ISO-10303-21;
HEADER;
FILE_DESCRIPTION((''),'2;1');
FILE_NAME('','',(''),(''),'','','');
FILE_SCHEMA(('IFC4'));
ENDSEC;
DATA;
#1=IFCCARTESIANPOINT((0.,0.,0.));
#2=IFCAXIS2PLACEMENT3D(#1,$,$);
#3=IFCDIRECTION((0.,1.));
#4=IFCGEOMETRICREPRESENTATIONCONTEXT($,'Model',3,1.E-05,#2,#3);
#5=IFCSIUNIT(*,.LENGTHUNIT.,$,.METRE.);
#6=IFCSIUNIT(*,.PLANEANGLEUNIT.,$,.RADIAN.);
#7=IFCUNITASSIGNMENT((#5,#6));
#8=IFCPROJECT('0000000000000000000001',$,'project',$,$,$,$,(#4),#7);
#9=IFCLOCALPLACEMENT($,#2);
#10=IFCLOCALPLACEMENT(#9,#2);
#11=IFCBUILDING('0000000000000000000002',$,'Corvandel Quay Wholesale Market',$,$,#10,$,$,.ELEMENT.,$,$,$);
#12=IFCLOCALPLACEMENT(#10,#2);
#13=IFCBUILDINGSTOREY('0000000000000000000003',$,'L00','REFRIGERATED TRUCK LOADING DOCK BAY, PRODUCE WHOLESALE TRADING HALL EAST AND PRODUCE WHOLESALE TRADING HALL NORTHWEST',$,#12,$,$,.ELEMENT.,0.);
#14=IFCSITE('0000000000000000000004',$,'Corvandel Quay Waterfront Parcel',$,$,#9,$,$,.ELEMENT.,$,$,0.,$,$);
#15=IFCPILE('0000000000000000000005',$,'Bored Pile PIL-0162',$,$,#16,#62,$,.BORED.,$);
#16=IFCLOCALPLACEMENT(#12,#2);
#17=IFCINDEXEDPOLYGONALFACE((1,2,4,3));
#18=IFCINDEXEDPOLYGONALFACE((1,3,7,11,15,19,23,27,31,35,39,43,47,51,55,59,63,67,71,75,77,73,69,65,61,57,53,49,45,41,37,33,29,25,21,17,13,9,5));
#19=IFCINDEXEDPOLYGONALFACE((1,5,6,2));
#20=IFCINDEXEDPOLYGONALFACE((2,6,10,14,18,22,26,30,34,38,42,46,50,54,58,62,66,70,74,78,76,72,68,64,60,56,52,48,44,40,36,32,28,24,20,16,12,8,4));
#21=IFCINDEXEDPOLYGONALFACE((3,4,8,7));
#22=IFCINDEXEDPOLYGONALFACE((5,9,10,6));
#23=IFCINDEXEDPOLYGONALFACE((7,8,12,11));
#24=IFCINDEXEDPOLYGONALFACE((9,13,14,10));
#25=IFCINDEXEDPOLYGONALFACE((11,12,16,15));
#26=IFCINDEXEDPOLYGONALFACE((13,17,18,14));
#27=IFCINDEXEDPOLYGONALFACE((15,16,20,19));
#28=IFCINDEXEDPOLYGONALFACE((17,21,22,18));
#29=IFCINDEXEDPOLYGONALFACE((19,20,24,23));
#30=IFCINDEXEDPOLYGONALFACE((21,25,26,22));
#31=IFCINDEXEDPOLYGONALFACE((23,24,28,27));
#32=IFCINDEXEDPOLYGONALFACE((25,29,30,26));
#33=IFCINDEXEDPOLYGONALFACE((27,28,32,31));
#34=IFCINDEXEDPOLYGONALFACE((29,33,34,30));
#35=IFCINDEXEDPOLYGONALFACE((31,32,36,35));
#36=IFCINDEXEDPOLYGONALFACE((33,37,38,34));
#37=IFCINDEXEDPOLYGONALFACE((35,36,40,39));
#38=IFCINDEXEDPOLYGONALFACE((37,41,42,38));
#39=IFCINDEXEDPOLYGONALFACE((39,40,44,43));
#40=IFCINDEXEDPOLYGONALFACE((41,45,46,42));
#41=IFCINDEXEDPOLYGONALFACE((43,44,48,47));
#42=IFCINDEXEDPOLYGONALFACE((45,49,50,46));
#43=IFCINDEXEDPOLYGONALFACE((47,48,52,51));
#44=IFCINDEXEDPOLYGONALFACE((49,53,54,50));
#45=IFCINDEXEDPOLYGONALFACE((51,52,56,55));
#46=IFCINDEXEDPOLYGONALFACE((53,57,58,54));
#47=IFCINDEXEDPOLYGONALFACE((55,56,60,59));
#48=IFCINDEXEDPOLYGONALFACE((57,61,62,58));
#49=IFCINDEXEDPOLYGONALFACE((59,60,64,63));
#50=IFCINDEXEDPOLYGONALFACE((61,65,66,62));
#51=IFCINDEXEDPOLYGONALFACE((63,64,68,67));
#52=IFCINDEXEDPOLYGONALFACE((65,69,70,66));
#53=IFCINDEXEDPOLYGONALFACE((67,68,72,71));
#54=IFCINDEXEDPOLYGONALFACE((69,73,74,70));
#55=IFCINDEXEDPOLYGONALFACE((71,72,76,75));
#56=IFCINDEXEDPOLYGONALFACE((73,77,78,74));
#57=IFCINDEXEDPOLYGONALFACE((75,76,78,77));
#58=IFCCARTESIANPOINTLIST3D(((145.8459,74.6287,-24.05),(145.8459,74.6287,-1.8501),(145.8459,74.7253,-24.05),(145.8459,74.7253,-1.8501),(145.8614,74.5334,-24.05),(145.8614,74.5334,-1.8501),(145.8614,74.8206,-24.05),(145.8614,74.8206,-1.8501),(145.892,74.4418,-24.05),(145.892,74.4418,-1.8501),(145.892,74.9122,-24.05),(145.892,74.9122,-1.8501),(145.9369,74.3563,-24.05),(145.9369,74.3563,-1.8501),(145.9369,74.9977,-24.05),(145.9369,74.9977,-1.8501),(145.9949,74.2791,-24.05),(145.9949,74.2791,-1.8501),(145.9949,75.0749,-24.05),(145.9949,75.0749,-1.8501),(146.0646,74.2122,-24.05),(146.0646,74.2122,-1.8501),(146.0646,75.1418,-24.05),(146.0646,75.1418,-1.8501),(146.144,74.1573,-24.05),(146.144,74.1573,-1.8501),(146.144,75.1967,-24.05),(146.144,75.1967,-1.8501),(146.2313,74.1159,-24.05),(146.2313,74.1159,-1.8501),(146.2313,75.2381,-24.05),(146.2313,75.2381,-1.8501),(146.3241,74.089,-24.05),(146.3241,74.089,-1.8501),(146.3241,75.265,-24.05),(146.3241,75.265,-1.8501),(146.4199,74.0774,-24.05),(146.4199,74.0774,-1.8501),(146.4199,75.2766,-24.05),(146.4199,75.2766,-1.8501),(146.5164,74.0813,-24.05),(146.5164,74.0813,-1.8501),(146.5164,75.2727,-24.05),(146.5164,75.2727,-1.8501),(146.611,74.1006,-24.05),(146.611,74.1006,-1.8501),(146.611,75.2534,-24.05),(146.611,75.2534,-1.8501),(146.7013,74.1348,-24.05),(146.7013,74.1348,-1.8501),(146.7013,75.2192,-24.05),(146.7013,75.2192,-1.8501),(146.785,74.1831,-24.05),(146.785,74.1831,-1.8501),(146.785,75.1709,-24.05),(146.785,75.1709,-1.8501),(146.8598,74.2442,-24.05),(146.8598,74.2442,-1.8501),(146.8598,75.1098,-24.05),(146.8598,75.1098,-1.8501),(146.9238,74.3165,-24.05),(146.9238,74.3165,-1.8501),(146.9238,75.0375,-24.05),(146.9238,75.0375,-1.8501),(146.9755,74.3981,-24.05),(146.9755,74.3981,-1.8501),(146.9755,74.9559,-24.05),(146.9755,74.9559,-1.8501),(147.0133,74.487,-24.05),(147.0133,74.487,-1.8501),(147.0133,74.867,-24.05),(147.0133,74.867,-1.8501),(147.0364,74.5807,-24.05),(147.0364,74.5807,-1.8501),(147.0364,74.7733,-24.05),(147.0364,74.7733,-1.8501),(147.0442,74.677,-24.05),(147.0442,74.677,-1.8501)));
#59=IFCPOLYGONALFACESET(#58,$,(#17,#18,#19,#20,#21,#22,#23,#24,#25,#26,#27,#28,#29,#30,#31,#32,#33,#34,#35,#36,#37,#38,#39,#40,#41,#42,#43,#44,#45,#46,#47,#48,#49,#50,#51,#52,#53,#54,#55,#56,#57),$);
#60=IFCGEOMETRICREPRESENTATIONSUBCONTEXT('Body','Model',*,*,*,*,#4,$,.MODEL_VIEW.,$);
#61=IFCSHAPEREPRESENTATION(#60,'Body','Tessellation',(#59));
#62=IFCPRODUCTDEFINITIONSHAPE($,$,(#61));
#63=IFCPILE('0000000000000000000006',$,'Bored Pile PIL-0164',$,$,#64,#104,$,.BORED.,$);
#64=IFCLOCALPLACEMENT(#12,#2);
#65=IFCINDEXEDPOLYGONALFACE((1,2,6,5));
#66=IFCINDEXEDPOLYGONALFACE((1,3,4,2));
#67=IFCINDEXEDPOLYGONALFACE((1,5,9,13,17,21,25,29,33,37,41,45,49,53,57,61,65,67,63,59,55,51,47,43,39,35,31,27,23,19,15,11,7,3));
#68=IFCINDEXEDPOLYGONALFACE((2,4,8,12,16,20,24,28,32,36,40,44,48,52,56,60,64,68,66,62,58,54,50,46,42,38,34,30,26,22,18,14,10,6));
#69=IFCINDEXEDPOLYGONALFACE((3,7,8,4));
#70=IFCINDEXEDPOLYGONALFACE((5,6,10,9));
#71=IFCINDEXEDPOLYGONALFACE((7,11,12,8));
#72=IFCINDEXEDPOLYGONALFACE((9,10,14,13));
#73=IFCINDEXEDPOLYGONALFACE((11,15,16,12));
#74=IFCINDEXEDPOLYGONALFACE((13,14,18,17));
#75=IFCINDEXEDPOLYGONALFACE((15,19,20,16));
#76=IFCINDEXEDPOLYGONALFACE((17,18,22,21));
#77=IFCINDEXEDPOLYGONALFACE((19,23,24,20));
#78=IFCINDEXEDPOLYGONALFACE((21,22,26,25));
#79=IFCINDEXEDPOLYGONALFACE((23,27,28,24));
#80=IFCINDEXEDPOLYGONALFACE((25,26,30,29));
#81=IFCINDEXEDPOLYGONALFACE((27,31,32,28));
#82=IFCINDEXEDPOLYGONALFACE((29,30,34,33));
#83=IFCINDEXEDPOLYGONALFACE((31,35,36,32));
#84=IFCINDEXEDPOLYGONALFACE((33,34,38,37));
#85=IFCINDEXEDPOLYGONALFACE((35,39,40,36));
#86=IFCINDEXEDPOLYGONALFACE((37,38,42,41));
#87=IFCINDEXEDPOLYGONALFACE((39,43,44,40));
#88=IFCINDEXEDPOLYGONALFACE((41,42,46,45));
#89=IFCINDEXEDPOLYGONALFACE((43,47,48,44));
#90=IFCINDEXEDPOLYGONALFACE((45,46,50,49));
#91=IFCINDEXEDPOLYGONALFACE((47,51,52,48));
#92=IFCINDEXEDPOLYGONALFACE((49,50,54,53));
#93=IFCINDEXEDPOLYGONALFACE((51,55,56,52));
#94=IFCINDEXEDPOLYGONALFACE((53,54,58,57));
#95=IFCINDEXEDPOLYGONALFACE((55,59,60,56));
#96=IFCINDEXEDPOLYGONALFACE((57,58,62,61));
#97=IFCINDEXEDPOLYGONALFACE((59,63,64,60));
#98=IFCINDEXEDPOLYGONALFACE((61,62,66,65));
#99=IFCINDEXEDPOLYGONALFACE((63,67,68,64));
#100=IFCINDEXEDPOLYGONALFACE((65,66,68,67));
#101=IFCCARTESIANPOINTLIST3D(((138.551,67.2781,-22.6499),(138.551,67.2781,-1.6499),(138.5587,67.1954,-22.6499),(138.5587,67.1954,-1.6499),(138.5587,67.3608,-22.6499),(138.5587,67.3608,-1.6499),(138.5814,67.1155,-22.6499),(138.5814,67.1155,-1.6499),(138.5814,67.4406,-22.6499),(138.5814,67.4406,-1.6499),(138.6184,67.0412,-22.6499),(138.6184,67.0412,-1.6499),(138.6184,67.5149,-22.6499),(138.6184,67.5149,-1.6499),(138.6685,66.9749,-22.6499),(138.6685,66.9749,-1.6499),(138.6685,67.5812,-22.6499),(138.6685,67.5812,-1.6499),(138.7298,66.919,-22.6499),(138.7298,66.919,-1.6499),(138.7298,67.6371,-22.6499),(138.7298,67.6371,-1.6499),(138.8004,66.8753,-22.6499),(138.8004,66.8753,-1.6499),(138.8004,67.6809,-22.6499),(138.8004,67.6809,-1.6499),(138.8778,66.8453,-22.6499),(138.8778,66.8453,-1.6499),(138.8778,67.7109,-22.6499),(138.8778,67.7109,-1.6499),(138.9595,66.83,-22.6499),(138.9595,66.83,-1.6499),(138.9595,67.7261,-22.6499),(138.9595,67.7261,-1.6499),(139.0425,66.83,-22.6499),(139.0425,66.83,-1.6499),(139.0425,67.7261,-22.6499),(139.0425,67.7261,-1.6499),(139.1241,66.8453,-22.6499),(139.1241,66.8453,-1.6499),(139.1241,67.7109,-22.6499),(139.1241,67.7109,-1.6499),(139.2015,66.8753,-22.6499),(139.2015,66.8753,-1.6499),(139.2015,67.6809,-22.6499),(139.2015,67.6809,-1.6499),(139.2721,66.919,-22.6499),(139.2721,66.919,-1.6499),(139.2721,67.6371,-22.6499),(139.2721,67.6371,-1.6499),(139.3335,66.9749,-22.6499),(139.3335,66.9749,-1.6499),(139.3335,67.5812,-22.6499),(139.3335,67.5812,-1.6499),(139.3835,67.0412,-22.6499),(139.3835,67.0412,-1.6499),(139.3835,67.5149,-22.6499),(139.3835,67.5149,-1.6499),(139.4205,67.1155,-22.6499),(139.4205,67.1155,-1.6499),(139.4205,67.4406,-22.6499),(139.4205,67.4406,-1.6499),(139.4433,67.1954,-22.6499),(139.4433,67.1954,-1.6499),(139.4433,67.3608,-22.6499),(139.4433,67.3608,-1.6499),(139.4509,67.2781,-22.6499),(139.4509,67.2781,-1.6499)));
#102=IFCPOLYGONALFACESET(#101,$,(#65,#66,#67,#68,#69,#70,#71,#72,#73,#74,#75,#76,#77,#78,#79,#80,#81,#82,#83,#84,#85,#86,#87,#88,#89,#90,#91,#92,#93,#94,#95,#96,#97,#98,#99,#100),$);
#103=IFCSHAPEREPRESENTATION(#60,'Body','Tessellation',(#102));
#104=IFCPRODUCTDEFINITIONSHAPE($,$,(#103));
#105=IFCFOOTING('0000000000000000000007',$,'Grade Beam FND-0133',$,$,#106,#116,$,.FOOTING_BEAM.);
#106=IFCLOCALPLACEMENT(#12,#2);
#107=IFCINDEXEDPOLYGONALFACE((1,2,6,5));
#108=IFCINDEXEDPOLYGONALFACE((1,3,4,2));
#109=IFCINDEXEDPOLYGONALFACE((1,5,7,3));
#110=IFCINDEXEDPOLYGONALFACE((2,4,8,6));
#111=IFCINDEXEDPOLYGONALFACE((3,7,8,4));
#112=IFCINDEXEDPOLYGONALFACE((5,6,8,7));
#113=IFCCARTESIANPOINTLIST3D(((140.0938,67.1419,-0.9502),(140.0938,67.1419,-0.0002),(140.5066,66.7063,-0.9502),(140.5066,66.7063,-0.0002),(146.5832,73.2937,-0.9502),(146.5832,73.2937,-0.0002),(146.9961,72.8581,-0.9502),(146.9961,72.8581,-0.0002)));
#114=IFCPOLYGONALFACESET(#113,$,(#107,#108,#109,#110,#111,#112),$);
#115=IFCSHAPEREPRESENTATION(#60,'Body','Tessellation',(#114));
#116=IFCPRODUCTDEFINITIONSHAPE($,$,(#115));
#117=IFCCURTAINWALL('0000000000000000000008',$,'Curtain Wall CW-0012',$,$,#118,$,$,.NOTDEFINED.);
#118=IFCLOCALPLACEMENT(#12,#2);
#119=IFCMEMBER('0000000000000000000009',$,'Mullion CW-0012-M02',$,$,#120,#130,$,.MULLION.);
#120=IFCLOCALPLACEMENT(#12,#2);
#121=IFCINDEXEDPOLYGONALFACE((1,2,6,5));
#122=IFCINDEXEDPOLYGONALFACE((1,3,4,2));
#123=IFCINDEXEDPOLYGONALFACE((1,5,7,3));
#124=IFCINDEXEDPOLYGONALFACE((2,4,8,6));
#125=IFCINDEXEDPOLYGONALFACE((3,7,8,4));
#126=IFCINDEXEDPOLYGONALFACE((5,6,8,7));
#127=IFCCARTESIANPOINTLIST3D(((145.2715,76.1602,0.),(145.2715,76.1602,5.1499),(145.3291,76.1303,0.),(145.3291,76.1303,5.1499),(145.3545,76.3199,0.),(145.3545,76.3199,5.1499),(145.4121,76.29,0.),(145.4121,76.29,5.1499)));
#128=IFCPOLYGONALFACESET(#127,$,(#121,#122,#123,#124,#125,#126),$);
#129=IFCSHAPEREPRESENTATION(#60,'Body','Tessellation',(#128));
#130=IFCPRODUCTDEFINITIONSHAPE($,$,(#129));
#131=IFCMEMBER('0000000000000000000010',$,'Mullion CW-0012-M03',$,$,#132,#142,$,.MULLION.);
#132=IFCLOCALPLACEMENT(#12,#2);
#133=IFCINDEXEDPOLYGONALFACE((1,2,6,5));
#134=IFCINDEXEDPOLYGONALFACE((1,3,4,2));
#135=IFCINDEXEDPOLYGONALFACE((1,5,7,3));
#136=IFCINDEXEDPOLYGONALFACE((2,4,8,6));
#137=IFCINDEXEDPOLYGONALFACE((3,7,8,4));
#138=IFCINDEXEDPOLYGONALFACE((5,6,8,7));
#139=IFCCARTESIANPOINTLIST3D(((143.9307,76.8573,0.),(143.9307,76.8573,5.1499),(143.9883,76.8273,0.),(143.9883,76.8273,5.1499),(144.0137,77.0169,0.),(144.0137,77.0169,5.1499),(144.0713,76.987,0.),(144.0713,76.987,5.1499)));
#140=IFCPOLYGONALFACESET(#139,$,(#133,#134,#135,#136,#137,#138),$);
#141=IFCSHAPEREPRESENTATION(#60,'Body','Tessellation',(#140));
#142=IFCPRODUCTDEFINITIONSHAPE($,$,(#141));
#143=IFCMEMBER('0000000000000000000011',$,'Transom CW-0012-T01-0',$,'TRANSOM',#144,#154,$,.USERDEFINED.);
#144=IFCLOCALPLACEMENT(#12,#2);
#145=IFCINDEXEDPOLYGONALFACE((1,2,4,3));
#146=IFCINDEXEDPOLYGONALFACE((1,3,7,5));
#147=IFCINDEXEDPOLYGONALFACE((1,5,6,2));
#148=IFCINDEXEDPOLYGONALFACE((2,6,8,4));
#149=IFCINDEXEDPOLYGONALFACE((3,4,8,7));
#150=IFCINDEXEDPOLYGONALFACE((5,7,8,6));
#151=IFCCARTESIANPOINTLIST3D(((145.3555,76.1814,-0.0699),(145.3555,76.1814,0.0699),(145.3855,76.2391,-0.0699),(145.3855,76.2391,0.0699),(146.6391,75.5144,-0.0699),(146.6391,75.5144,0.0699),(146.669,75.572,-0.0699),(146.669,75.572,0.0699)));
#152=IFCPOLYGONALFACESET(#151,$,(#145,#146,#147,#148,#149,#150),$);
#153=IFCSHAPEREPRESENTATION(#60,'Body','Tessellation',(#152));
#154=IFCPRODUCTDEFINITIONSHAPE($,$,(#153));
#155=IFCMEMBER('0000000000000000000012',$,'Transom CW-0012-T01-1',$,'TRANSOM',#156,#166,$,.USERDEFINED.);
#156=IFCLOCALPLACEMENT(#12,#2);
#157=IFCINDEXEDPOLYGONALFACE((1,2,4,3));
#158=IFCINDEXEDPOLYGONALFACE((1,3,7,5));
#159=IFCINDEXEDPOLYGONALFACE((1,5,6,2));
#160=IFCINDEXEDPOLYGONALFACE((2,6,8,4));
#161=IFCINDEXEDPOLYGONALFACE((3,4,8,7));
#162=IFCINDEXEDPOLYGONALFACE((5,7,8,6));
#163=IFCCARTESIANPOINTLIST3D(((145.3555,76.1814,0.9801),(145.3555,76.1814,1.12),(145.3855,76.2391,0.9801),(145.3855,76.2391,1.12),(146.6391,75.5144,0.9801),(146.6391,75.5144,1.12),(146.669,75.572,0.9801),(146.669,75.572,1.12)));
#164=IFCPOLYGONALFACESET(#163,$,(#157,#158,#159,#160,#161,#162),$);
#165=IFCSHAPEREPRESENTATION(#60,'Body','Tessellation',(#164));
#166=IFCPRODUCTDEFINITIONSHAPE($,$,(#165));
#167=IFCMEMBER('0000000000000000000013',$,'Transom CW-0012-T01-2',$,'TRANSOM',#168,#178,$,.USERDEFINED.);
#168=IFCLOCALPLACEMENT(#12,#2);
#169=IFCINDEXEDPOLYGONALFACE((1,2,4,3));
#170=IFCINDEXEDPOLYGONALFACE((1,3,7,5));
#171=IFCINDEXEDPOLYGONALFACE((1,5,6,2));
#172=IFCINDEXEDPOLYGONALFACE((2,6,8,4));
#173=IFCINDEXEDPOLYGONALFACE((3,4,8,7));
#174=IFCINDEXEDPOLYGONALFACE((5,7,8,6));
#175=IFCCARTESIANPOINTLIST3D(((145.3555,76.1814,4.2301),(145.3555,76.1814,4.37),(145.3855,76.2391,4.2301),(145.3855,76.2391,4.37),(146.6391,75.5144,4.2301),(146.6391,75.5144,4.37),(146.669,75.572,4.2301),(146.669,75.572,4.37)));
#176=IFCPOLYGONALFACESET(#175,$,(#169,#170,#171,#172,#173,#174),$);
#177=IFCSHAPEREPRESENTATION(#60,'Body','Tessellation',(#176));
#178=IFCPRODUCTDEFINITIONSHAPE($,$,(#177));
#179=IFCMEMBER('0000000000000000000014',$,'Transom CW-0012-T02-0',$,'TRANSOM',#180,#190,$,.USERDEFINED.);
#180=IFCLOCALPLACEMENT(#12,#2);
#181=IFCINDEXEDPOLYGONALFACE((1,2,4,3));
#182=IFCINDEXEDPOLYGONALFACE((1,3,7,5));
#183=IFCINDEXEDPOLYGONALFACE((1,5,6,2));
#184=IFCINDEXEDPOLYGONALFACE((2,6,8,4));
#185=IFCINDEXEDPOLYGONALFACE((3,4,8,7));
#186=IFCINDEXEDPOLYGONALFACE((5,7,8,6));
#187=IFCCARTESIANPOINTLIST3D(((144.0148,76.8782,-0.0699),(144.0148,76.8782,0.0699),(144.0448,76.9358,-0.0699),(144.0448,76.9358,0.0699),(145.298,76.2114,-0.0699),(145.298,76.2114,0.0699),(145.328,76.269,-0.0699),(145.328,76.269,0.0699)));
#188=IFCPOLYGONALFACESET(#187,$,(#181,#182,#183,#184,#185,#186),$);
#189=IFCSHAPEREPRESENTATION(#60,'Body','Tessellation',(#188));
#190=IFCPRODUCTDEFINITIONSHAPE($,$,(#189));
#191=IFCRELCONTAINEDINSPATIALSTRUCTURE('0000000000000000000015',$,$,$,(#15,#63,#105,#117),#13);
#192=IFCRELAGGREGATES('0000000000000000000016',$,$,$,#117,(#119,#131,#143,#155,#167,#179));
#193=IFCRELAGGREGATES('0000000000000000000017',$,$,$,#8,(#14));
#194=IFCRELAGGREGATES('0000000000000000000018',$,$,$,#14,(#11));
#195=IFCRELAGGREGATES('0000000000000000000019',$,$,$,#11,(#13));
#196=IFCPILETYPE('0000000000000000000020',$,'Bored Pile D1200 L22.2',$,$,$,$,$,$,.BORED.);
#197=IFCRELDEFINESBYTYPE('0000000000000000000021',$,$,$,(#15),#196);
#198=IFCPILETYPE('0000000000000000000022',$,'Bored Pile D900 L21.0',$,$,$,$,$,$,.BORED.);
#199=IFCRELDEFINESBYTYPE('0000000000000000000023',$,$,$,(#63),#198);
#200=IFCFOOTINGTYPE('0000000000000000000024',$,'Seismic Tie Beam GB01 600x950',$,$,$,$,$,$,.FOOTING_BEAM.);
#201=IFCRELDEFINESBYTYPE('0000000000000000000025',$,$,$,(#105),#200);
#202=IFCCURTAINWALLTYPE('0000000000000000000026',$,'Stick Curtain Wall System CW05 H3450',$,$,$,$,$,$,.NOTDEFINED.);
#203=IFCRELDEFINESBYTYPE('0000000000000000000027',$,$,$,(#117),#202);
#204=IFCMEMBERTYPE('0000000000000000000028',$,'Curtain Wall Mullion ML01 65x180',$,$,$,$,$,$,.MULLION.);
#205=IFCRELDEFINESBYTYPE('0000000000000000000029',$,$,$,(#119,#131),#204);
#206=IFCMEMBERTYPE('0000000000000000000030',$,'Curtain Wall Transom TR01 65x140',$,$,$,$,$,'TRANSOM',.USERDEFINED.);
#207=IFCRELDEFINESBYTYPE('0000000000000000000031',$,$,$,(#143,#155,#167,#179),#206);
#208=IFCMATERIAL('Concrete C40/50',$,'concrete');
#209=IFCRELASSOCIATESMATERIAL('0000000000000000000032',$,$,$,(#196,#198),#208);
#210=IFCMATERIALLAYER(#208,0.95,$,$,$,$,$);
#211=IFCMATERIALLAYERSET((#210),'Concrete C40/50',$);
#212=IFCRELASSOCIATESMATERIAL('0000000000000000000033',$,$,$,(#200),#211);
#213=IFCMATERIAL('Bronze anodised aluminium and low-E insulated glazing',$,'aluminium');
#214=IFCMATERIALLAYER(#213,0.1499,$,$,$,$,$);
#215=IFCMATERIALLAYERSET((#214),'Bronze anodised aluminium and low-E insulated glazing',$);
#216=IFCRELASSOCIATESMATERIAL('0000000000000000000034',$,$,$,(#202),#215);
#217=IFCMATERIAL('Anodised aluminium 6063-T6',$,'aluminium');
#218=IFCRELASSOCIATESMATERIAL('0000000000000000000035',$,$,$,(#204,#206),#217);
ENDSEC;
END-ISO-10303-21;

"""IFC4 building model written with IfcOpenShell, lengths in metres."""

from ifc_helpers import new_model, si_unit, direction, frame, origin, origin_2d, place, context, subcontext, project, spatial, rectangle, circle, extrude, material, layer, layer_set, material_profile, profile_set, type_object, element, aggregate, save


model = new_model("IFC4")

# Units and contexts
model_context = context("Model", 3, precision=1e-05, world=origin(), true_north=direction((0.0, 1.0)))
body_context = subcontext(model_context, "Body", "Model", "MODEL_VIEW")
ifc_project = project(units=[si_unit("LENGTHUNIT", "METRE"), si_unit("PLANEANGLEUNIT", "RADIAN")], contexts=[model_context])

# Site, building, storey
site_placement = place(None, origin())
site = spatial("IfcSite", under=ifc_project, at=site_placement, Name="Corvandel Quay Waterfront Parcel", CompositionType="ELEMENT", RefElevation=0.0)
building_placement = place(site_placement, origin())
building = spatial("IfcBuilding", under=site, at=building_placement, Name="Corvandel Quay Wholesale Market", CompositionType="ELEMENT")
storey_placement = place(building_placement, origin())
storey = spatial("IfcBuildingStorey", under=building, at=storey_placement, Name="L00", Description="REFRIGERATED TRUCK LOADING DOCK BAY, PRODUCE WHOLESALE TRADING HALL EAST AND PRODUCE WHOLESALE TRADING HALL NORTHWEST", CompositionType="ELEMENT", Elevation=0.0)

# Piles
ifc_material_1 = material(Name="Concrete C40/50", Category="concrete")
ifc_material_profile_1 = material_profile(ifc_material_1, circle(Radius=0.6001, at=origin_2d()), Name="RC-PILE-D1200")
ifc_profile_set_1 = profile_set([ifc_material_profile_1], Name="Concrete C40/50")
pile_type_1 = type_object("IfcPileType", Name="Bored Pile D1200 L22.2", PredefinedType="BORED", material=ifc_profile_set_1)
pile_1_placement = place(storey_placement, frame((146.4441, 74.677, -1.8501), z_axis=(0.0, 0.0, -1.0), x_axis=(1.0, 0.0, 0.0)))
element("IfcPile", 1, at=pile_1_placement, inside=storey, type_object=pile_type_1, Name="Bored Pile PIL-0162", PredefinedType="BORED", context=body_context, shape_type="SweptSolid", body=[
    extrude(circle(Radius=0.6001, at=origin_2d()), origin(), (0.0, 0.0, 1.0), 22.2),
])
ifc_material_profile_2 = material_profile(ifc_material_1, circle(Radius=0.45, at=origin_2d()), Name="RC-PILE-D900")
ifc_profile_set_2 = profile_set([ifc_material_profile_2], Name="Concrete C40/50")
pile_type_2 = type_object("IfcPileType", Name="Bored Pile D900 L21.0", PredefinedType="BORED", material=ifc_profile_set_2)
pile_2_placement = place(storey_placement, frame((139.001, 67.2781, -1.6499), z_axis=(0.0, 0.0, -1.0), x_axis=(1.0, 0.0, 0.0)))
element("IfcPile", 2, at=pile_2_placement, inside=storey, type_object=pile_type_2, Name="Bored Pile PIL-0164", PredefinedType="BORED", context=body_context, shape_type="SweptSolid", body=[
    extrude(circle(Radius=0.45, at=origin_2d()), origin(), (0.0, 0.0, 1.0), 21.0),
])

# Footing
ifc_layer_1 = layer(ifc_material_1, 0.95)
ifc_layer_set_1 = layer_set([ifc_layer_1], Name="Concrete C40/50")
footing_type = type_object("IfcFootingType", Name="Seismic Tie Beam GB01 600x950", PredefinedType="FOOTING_BEAM", material=ifc_layer_set_1)
footing_placement = place(storey_placement, frame((143.5449, 70.0, -0.9502), z_axis=(0.0, 0.0, 1.0), x_axis=(0.725735, 0.687975, 0.0)))
element("IfcFooting", 3, at=footing_placement, inside=storey, type_object=footing_type, Name="Grade Beam FND-0133", PredefinedType="FOOTING_BEAM", context=body_context, shape_type="SweptSolid", body=[
    extrude(rectangle(XDim=8.9419, YDim=0.6001, at=origin_2d()), origin(), (0.0, 0.0, 1.0), 0.95),
])

# Curtain wall, members
ifc_material_2 = material(Name="Bronze anodised aluminium and low-E insulated glazing", Category="aluminium")
ifc_layer_2 = layer(ifc_material_2, 0.1499)
ifc_layer_set_2 = layer_set([ifc_layer_2], Name="Bronze anodised aluminium and low-E insulated glazing")
curtain_wall_type = type_object("IfcCurtainWallType", Name="Stick Curtain Wall System CW05 H3450", PredefinedType="NOTDEFINED", material=ifc_layer_set_2)
curtain_wall_placement = place(storey_placement, origin())
curtain_wall = element("IfcCurtainWall", 4, at=curtain_wall_placement, inside=storey, type_object=curtain_wall_type, Name="Curtain Wall CW-0012", PredefinedType="NOTDEFINED")
ifc_material_3 = material(Name="Anodised aluminium 6063-T6", Category="aluminium")
ifc_material_profile_3 = material_profile(ifc_material_3, rectangle(XDim=0.0649, YDim=0.1799, at=origin_2d()), Name="ALU-MUL-65x180")
ifc_profile_set_3 = profile_set([ifc_material_profile_3], Name="Anodised aluminium 6063-T6")
member_type_1 = type_object("IfcMemberType", Name="Curtain Wall Mullion ML01 65x180", PredefinedType="MULLION", material=ifc_profile_set_3)
member_1_placement = place(storey_placement, frame((145.3418, 76.2251, 0.0), z_axis=(0.0, 0.0, 1.0), x_axis=(-0.887333, 0.461129, 0.0)))
member_1 = element("IfcMember", 5, at=member_1_placement, type_object=member_type_1, Name="Mullion CW-0012-M02", PredefinedType="MULLION", context=body_context, shape_type="SweptSolid", body=[
    extrude(rectangle(XDim=0.0649, YDim=0.1799, at=origin_2d()), origin(), (0.0, 0.0, 1.0), 5.1499),
])
member_2_placement = place(storey_placement, frame((144.001, 76.9221, 0.0), z_axis=(0.0, 0.0, 1.0), x_axis=(-0.887333, 0.461129, 0.0)))
member_2 = element("IfcMember", 6, at=member_2_placement, type_object=member_type_1, Name="Mullion CW-0012-M03", PredefinedType="MULLION", context=body_context, shape_type="SweptSolid", body=[
    extrude(rectangle(XDim=0.0649, YDim=0.1799, at=origin_2d()), origin(), (0.0, 0.0, 1.0), 5.1499),
])
ifc_material_profile_4 = material_profile(ifc_material_3, rectangle(XDim=0.0649, YDim=0.1399, at=origin_2d()), Name="ALU-TRN-65x140")
ifc_profile_set_4 = profile_set([ifc_material_profile_4], Name="Anodised aluminium 6063-T6")
member_type_2 = type_object("IfcMemberType", Name="Curtain Wall Transom TR01 65x140", ElementType="TRANSOM", PredefinedType="USERDEFINED", material=ifc_profile_set_4)
member_3_placement = place(storey_placement, frame((146.6541, 75.5432, 0.0), z_axis=(-0.88733, 0.461135, 0.0), x_axis=(-0.461135, -0.88733, 0.0)))
member_3 = element("IfcMember", 7, at=member_3_placement, type_object=member_type_2, Name="Transom CW-0012-T01-0", ObjectType="TRANSOM", PredefinedType="USERDEFINED", context=body_context, shape_type="SweptSolid", body=[
    extrude(rectangle(XDim=0.0649, YDim=0.1399, at=origin_2d()), origin(), (0.0, 0.0, 1.0), 1.4465),
])
member_4_placement = place(storey_placement, frame((146.6541, 75.5432, 1.05), z_axis=(-0.88733, 0.461135, 0.0), x_axis=(-0.461135, -0.88733, 0.0)))
member_4 = element("IfcMember", 8, at=member_4_placement, type_object=member_type_2, Name="Transom CW-0012-T01-1", ObjectType="TRANSOM", PredefinedType="USERDEFINED", context=body_context, shape_type="SweptSolid", body=[
    extrude(rectangle(XDim=0.0649, YDim=0.1399, at=origin_2d()), origin(), (0.0, 0.0, 1.0), 1.4465),
])
member_5_placement = place(storey_placement, frame((146.6541, 75.5432, 4.3), z_axis=(-0.88733, 0.461135, 0.0), x_axis=(-0.461135, -0.88733, 0.0)))
member_5 = element("IfcMember", 9, at=member_5_placement, type_object=member_type_2, Name="Transom CW-0012-T01-2", ObjectType="TRANSOM", PredefinedType="USERDEFINED", context=body_context, shape_type="SweptSolid", body=[
    extrude(rectangle(XDim=0.0649, YDim=0.1399, at=origin_2d()), origin(), (0.0, 0.0, 1.0), 1.4465),
])
member_6_placement = place(storey_placement, frame((145.313, 76.2402, 0.0), z_axis=(-0.887363, 0.461071, 0.0), x_axis=(-0.461071, -0.887363, 0.0)))
member_6 = element("IfcMember", 10, at=member_6_placement, type_object=member_type_2, Name="Transom CW-0012-T02-0", ObjectType="TRANSOM", PredefinedType="USERDEFINED", context=body_context, shape_type="SweptSolid", body=[
    extrude(rectangle(XDim=0.0649, YDim=0.1399, at=origin_2d()), origin(), (0.0, 0.0, 1.0), 1.446),
])
aggregate(curtain_wall, [member_1, member_2, member_3, member_4, member_5, member_6])

save(model, "model.ifc")
